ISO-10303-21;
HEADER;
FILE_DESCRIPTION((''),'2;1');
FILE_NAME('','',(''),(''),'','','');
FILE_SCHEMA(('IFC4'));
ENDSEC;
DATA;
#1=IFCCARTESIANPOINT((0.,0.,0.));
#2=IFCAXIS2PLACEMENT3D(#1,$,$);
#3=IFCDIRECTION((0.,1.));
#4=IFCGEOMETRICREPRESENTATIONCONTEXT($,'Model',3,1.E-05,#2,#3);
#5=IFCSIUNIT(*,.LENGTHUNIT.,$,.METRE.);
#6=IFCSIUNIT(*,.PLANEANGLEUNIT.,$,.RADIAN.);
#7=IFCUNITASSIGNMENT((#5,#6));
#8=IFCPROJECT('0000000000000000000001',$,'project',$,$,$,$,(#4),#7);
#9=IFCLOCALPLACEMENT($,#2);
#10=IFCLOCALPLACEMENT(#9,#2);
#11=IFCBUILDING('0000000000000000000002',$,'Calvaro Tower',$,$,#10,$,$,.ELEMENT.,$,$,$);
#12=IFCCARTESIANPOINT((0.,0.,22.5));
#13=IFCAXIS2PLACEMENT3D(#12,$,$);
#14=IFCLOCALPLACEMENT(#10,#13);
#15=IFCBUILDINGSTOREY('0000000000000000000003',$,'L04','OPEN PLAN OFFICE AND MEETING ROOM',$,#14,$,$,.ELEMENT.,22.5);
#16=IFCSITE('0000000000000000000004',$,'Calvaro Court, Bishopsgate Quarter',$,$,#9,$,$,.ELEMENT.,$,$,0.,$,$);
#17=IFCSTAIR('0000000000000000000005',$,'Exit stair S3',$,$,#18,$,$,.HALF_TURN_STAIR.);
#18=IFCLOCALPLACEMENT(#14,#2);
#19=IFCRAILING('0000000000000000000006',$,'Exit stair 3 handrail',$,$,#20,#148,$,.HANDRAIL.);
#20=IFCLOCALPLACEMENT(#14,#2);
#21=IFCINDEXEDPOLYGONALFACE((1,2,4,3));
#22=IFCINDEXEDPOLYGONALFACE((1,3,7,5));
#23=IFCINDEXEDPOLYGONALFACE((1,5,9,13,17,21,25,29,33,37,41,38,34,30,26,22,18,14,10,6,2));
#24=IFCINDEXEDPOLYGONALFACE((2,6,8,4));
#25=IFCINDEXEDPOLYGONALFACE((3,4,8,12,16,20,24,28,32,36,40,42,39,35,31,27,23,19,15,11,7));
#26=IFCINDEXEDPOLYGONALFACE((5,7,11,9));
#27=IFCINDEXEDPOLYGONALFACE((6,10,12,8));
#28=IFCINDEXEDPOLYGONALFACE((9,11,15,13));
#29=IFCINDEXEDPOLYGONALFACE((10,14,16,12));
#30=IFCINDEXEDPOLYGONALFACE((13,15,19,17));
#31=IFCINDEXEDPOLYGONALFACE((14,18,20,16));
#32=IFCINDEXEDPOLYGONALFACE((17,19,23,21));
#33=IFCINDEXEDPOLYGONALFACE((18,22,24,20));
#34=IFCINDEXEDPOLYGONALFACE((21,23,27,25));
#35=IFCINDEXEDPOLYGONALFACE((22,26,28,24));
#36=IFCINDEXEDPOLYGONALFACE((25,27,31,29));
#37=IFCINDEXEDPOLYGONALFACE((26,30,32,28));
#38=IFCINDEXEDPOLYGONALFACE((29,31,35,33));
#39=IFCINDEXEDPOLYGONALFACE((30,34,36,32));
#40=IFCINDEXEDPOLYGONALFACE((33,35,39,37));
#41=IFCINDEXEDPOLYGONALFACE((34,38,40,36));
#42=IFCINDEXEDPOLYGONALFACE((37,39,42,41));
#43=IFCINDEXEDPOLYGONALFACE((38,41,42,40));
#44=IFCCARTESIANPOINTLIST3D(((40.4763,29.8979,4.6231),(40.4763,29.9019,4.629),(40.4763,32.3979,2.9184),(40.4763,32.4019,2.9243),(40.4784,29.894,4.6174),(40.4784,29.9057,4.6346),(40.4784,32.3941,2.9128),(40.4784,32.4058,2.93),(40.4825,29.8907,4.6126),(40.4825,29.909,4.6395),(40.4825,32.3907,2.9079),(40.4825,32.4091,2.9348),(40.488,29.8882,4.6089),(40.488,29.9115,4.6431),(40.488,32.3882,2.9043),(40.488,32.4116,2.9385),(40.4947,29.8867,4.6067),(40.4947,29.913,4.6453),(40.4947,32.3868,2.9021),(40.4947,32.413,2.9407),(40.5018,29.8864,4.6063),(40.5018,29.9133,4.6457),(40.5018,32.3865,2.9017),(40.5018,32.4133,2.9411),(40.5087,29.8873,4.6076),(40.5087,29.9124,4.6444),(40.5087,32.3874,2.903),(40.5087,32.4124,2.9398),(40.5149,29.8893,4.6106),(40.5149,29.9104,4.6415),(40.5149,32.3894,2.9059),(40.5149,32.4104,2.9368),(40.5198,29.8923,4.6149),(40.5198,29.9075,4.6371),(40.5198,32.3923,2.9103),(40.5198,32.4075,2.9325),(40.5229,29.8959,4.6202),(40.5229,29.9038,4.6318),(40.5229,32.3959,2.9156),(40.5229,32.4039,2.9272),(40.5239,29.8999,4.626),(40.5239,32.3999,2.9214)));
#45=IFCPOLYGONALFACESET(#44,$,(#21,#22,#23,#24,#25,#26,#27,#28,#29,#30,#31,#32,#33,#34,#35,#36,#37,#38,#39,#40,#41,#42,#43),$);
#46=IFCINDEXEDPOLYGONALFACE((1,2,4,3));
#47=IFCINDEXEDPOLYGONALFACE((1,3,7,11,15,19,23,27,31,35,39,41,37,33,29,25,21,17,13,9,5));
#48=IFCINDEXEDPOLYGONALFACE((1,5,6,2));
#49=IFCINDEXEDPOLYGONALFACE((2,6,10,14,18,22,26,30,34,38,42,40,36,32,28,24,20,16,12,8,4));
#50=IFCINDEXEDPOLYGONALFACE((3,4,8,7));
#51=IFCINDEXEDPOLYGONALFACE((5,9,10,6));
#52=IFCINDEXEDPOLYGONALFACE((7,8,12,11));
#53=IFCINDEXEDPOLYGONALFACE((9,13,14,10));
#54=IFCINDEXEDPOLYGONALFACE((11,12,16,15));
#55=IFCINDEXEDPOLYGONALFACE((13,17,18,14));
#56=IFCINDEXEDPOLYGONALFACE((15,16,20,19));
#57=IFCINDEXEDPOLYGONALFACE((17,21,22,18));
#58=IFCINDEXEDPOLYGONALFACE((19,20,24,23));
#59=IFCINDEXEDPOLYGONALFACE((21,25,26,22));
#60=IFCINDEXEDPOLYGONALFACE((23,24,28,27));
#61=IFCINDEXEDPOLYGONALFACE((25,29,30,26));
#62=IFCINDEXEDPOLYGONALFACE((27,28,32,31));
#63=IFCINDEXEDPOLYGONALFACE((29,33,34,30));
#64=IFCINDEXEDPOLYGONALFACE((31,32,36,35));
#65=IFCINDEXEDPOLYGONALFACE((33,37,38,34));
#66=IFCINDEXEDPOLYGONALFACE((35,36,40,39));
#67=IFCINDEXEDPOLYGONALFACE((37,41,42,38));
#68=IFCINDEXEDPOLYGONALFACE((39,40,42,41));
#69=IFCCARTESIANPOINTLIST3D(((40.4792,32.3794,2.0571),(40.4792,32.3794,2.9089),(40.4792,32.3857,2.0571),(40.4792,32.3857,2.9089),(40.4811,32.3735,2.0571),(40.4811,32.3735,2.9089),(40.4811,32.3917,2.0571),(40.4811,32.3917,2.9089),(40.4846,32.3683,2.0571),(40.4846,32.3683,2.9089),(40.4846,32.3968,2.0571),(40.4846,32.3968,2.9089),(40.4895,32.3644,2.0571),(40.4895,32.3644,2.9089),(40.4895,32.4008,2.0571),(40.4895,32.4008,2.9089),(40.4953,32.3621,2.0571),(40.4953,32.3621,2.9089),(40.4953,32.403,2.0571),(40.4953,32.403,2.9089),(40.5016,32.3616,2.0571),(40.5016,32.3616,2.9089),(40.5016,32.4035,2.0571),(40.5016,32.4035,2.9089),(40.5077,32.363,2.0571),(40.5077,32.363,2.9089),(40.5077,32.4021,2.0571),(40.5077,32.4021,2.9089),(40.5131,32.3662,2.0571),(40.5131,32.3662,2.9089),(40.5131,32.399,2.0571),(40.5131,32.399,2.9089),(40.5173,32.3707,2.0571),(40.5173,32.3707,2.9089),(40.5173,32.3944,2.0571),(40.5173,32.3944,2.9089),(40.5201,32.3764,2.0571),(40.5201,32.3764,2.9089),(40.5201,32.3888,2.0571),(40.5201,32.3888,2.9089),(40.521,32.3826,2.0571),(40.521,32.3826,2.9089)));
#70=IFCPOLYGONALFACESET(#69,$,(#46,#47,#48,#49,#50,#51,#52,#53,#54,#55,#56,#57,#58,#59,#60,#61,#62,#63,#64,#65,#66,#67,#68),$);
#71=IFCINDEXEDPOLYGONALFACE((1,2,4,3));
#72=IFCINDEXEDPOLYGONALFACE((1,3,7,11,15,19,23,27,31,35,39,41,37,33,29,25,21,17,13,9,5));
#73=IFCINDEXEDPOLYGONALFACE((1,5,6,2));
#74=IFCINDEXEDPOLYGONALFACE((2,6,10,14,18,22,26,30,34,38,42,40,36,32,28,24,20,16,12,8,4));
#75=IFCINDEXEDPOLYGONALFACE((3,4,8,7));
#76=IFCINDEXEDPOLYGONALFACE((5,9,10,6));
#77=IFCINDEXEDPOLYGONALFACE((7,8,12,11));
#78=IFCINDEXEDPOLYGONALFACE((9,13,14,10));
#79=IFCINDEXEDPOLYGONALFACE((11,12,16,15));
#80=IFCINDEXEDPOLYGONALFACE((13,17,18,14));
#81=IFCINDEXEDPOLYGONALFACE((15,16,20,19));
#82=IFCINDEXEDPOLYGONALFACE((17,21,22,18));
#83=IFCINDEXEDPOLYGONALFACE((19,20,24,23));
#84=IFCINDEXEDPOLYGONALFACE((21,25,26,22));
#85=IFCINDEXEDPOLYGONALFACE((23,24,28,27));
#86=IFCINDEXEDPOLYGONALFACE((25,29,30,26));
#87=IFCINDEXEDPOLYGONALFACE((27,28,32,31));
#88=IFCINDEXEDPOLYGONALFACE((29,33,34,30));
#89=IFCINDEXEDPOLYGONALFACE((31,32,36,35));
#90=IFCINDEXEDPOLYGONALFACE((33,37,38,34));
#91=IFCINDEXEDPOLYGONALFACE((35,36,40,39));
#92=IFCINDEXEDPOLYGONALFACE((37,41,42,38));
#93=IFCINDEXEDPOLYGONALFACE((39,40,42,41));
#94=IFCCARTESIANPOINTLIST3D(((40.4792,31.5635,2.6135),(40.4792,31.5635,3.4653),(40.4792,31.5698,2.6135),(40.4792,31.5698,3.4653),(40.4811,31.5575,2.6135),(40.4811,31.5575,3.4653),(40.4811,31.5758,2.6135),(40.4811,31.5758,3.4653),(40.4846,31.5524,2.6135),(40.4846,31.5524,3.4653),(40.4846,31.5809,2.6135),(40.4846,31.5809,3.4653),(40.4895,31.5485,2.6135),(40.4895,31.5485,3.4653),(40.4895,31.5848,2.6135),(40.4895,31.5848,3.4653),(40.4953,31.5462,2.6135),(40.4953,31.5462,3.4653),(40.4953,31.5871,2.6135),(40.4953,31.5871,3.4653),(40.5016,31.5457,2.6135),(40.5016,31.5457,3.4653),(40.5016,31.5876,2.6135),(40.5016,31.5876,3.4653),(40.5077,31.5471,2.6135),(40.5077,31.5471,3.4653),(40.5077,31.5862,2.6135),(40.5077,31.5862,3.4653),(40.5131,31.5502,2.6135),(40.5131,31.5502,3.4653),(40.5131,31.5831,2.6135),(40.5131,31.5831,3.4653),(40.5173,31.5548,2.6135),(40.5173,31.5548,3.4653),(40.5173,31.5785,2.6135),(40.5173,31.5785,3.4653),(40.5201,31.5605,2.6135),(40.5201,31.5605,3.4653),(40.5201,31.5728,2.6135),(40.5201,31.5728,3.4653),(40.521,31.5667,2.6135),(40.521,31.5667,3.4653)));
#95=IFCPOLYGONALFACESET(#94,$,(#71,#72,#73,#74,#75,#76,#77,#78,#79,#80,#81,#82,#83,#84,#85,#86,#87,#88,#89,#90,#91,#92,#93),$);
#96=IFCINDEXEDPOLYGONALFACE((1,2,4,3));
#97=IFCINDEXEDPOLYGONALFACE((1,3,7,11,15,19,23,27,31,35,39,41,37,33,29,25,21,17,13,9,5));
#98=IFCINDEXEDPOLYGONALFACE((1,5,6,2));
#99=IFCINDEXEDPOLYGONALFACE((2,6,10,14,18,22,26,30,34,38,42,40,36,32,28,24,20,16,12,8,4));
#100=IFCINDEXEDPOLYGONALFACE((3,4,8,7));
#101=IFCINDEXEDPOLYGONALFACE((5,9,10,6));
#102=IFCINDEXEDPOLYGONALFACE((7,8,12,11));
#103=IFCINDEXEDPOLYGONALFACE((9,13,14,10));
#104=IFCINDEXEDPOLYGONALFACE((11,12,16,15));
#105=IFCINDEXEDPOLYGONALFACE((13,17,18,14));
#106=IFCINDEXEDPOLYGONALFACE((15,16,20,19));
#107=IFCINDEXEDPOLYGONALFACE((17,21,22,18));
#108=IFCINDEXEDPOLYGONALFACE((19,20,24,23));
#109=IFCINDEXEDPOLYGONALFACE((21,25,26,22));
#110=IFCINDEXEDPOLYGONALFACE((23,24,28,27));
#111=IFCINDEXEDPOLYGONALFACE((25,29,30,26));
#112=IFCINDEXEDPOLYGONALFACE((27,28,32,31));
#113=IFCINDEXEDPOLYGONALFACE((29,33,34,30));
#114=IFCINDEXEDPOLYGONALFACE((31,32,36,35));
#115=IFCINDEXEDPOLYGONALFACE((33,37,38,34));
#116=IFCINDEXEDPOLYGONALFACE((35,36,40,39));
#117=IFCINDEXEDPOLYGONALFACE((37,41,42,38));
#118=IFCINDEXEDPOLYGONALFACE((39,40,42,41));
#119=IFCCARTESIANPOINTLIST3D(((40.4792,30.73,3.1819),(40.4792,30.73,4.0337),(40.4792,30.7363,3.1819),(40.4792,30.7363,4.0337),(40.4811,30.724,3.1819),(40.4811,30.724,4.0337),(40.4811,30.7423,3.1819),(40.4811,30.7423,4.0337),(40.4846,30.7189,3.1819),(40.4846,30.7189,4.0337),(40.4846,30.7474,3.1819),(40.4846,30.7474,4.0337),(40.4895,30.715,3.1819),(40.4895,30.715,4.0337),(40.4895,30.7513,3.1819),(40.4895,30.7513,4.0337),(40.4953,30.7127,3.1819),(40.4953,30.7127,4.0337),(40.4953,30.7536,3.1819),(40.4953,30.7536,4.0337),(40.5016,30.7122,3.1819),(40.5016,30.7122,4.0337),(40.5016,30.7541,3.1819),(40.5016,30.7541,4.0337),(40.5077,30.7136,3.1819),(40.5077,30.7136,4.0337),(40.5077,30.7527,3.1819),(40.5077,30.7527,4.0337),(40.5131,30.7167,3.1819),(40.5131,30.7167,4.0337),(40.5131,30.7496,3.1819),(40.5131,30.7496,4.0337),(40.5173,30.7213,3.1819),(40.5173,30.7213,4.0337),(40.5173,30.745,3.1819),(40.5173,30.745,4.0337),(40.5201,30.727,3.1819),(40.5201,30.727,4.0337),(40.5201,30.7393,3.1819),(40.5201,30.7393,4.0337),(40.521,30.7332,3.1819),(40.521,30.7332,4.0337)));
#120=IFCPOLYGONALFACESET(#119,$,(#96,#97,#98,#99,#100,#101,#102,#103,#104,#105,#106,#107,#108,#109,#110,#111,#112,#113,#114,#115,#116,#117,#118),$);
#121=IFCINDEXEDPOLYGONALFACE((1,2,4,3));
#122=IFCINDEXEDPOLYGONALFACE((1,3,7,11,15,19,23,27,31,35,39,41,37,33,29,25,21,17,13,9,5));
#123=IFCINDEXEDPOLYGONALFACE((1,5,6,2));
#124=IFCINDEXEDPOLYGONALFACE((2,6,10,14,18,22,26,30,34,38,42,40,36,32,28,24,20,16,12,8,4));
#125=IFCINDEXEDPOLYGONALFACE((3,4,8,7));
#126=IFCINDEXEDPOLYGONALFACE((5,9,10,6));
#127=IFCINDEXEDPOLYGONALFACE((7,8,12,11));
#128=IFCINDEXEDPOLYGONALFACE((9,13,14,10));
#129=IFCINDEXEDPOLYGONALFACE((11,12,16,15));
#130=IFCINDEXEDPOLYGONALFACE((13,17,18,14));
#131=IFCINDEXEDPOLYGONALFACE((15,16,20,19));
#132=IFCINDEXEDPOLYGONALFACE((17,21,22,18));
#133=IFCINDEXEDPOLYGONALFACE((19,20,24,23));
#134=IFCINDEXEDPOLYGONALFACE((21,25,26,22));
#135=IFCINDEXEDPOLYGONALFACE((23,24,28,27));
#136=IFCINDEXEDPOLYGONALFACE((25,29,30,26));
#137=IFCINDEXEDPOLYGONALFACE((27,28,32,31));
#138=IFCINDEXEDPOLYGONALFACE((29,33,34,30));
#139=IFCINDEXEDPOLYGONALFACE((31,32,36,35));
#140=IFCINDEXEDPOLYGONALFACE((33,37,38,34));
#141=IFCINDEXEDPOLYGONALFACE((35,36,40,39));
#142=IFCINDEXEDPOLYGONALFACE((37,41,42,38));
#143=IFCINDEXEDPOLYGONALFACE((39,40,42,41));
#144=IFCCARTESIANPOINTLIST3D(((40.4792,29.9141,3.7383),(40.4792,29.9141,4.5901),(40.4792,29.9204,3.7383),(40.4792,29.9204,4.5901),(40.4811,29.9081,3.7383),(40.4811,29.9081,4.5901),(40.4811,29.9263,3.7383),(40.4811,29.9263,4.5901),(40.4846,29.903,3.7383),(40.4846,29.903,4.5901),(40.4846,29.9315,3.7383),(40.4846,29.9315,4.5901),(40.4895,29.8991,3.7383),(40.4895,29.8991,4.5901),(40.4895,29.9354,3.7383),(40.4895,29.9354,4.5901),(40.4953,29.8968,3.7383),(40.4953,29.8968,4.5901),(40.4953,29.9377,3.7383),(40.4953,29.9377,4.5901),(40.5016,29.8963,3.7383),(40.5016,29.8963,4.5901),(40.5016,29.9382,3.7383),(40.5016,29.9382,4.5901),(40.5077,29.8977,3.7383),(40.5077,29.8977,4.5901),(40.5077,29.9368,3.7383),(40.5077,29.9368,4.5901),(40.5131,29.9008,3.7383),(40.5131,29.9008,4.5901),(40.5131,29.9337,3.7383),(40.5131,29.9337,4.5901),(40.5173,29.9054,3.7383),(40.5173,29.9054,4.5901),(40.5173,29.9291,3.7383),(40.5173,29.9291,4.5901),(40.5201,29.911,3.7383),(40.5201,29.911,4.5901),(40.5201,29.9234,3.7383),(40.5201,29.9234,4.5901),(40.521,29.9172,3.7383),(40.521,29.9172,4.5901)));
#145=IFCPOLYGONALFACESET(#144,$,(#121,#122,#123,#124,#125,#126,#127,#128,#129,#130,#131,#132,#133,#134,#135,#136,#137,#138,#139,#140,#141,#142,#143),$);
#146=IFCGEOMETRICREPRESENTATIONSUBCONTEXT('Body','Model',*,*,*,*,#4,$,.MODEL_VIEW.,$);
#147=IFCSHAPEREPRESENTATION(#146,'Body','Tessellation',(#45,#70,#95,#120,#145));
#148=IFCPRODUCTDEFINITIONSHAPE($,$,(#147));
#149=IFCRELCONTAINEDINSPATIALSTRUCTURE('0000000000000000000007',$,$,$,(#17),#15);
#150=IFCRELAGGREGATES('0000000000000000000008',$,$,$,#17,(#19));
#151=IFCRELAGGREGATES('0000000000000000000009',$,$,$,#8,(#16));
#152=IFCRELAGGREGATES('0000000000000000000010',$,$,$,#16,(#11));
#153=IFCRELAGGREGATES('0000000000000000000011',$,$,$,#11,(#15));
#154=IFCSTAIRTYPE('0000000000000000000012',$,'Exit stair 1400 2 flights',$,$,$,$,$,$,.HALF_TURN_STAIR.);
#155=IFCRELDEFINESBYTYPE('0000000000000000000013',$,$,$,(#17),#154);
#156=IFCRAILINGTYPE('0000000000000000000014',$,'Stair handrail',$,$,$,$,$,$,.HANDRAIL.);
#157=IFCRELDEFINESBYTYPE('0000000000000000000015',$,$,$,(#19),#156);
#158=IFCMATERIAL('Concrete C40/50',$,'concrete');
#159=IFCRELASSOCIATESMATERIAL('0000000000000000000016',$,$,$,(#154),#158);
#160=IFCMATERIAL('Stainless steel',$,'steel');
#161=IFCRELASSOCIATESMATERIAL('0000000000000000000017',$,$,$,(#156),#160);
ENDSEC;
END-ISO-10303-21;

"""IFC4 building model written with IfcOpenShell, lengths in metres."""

from ifc_helpers import new_model, si_unit, direction, frame, origin, origin_2d, place, context, subcontext, project, spatial, circle, extrude, material, type_object, element, aggregate, save


model = new_model("IFC4")

# Units and contexts
model_context = context("Model", 3, precision=1e-05, world=origin(), true_north=direction((0.0, 1.0)))
body_context = subcontext(model_context, "Body", "Model", "MODEL_VIEW")
ifc_project = project(units=[si_unit("LENGTHUNIT", "METRE"), si_unit("PLANEANGLEUNIT", "RADIAN")], contexts=[model_context])

# Site, building, storey
site_placement = place(None, origin())
site = spatial("IfcSite", under=ifc_project, at=site_placement, Name="Calvaro Court, Bishopsgate Quarter", CompositionType="ELEMENT", RefElevation=0.0)
building_placement = place(site_placement, origin())
building = spatial("IfcBuilding", under=site, at=building_placement, Name="Calvaro Tower", CompositionType="ELEMENT")
storey_placement = place(building_placement, frame((0.0, 0.0, 22.5)))
storey = spatial("IfcBuildingStorey", under=building, at=storey_placement, Name="L04", Description="OPEN PLAN OFFICE AND MEETING ROOM", CompositionType="ELEMENT", Elevation=22.5)

# Stair
ifc_material_1 = material(Name="Concrete C40/50", Category="concrete")
stair_type = type_object("IfcStairType", Name="Exit stair 1400 2 flights", PredefinedType="HALF_TURN_STAIR", material=ifc_material_1)
stair_1_placement = place(storey_placement, origin())
stair_1 = element("IfcStair", 1, at=stair_1_placement, inside=storey, type_object=stair_type, Name="Exit stair S3", PredefinedType="HALF_TURN_STAIR")

# Railing
ifc_material_2 = material(Name="Stainless steel", Category="steel")
railing_type = type_object("IfcRailingType", Name="Stair handrail", PredefinedType="HANDRAIL", material=ifc_material_2)
railing_1_placement = place(storey_placement, frame((40.5, 32.3999, 2.0454)))
railing_1 = element("IfcRailing", 2, at=railing_1_placement, type_object=railing_type, Name="Exit stair 3 handrail", PredefinedType="HANDRAIL", context=body_context, shape_type="SweptSolid", body=[
    extrude(circle(Radius=0.0239, at=origin_2d()), frame((0.0, 0.0, 0.876), z_axis=(0.0, -0.826221, 0.563347), x_axis=(1.0, 0.0, 0.0)), (0.0, 0.0, 1.0), 3.0259),
    extrude(circle(Radius=0.021, at=origin_2d()), frame((0.0, -0.0173, 0.0117)), (0.0, 0.0, 1.0), 0.8518),
    extrude(circle(Radius=0.021, at=origin_2d()), frame((0.0, -0.8333, 0.5681)), (0.0, 0.0, 1.0), 0.8518),
    extrude(circle(Radius=0.021, at=origin_2d()), frame((0.0, -1.6667, 1.1365)), (0.0, 0.0, 1.0), 0.8518),
    extrude(circle(Radius=0.021, at=origin_2d()), frame((0.0, -2.4827, 1.6929)), (0.0, 0.0, 1.0), 0.8518),
])
aggregate(stair_1, [railing_1])

save(model, "model.ifc")
